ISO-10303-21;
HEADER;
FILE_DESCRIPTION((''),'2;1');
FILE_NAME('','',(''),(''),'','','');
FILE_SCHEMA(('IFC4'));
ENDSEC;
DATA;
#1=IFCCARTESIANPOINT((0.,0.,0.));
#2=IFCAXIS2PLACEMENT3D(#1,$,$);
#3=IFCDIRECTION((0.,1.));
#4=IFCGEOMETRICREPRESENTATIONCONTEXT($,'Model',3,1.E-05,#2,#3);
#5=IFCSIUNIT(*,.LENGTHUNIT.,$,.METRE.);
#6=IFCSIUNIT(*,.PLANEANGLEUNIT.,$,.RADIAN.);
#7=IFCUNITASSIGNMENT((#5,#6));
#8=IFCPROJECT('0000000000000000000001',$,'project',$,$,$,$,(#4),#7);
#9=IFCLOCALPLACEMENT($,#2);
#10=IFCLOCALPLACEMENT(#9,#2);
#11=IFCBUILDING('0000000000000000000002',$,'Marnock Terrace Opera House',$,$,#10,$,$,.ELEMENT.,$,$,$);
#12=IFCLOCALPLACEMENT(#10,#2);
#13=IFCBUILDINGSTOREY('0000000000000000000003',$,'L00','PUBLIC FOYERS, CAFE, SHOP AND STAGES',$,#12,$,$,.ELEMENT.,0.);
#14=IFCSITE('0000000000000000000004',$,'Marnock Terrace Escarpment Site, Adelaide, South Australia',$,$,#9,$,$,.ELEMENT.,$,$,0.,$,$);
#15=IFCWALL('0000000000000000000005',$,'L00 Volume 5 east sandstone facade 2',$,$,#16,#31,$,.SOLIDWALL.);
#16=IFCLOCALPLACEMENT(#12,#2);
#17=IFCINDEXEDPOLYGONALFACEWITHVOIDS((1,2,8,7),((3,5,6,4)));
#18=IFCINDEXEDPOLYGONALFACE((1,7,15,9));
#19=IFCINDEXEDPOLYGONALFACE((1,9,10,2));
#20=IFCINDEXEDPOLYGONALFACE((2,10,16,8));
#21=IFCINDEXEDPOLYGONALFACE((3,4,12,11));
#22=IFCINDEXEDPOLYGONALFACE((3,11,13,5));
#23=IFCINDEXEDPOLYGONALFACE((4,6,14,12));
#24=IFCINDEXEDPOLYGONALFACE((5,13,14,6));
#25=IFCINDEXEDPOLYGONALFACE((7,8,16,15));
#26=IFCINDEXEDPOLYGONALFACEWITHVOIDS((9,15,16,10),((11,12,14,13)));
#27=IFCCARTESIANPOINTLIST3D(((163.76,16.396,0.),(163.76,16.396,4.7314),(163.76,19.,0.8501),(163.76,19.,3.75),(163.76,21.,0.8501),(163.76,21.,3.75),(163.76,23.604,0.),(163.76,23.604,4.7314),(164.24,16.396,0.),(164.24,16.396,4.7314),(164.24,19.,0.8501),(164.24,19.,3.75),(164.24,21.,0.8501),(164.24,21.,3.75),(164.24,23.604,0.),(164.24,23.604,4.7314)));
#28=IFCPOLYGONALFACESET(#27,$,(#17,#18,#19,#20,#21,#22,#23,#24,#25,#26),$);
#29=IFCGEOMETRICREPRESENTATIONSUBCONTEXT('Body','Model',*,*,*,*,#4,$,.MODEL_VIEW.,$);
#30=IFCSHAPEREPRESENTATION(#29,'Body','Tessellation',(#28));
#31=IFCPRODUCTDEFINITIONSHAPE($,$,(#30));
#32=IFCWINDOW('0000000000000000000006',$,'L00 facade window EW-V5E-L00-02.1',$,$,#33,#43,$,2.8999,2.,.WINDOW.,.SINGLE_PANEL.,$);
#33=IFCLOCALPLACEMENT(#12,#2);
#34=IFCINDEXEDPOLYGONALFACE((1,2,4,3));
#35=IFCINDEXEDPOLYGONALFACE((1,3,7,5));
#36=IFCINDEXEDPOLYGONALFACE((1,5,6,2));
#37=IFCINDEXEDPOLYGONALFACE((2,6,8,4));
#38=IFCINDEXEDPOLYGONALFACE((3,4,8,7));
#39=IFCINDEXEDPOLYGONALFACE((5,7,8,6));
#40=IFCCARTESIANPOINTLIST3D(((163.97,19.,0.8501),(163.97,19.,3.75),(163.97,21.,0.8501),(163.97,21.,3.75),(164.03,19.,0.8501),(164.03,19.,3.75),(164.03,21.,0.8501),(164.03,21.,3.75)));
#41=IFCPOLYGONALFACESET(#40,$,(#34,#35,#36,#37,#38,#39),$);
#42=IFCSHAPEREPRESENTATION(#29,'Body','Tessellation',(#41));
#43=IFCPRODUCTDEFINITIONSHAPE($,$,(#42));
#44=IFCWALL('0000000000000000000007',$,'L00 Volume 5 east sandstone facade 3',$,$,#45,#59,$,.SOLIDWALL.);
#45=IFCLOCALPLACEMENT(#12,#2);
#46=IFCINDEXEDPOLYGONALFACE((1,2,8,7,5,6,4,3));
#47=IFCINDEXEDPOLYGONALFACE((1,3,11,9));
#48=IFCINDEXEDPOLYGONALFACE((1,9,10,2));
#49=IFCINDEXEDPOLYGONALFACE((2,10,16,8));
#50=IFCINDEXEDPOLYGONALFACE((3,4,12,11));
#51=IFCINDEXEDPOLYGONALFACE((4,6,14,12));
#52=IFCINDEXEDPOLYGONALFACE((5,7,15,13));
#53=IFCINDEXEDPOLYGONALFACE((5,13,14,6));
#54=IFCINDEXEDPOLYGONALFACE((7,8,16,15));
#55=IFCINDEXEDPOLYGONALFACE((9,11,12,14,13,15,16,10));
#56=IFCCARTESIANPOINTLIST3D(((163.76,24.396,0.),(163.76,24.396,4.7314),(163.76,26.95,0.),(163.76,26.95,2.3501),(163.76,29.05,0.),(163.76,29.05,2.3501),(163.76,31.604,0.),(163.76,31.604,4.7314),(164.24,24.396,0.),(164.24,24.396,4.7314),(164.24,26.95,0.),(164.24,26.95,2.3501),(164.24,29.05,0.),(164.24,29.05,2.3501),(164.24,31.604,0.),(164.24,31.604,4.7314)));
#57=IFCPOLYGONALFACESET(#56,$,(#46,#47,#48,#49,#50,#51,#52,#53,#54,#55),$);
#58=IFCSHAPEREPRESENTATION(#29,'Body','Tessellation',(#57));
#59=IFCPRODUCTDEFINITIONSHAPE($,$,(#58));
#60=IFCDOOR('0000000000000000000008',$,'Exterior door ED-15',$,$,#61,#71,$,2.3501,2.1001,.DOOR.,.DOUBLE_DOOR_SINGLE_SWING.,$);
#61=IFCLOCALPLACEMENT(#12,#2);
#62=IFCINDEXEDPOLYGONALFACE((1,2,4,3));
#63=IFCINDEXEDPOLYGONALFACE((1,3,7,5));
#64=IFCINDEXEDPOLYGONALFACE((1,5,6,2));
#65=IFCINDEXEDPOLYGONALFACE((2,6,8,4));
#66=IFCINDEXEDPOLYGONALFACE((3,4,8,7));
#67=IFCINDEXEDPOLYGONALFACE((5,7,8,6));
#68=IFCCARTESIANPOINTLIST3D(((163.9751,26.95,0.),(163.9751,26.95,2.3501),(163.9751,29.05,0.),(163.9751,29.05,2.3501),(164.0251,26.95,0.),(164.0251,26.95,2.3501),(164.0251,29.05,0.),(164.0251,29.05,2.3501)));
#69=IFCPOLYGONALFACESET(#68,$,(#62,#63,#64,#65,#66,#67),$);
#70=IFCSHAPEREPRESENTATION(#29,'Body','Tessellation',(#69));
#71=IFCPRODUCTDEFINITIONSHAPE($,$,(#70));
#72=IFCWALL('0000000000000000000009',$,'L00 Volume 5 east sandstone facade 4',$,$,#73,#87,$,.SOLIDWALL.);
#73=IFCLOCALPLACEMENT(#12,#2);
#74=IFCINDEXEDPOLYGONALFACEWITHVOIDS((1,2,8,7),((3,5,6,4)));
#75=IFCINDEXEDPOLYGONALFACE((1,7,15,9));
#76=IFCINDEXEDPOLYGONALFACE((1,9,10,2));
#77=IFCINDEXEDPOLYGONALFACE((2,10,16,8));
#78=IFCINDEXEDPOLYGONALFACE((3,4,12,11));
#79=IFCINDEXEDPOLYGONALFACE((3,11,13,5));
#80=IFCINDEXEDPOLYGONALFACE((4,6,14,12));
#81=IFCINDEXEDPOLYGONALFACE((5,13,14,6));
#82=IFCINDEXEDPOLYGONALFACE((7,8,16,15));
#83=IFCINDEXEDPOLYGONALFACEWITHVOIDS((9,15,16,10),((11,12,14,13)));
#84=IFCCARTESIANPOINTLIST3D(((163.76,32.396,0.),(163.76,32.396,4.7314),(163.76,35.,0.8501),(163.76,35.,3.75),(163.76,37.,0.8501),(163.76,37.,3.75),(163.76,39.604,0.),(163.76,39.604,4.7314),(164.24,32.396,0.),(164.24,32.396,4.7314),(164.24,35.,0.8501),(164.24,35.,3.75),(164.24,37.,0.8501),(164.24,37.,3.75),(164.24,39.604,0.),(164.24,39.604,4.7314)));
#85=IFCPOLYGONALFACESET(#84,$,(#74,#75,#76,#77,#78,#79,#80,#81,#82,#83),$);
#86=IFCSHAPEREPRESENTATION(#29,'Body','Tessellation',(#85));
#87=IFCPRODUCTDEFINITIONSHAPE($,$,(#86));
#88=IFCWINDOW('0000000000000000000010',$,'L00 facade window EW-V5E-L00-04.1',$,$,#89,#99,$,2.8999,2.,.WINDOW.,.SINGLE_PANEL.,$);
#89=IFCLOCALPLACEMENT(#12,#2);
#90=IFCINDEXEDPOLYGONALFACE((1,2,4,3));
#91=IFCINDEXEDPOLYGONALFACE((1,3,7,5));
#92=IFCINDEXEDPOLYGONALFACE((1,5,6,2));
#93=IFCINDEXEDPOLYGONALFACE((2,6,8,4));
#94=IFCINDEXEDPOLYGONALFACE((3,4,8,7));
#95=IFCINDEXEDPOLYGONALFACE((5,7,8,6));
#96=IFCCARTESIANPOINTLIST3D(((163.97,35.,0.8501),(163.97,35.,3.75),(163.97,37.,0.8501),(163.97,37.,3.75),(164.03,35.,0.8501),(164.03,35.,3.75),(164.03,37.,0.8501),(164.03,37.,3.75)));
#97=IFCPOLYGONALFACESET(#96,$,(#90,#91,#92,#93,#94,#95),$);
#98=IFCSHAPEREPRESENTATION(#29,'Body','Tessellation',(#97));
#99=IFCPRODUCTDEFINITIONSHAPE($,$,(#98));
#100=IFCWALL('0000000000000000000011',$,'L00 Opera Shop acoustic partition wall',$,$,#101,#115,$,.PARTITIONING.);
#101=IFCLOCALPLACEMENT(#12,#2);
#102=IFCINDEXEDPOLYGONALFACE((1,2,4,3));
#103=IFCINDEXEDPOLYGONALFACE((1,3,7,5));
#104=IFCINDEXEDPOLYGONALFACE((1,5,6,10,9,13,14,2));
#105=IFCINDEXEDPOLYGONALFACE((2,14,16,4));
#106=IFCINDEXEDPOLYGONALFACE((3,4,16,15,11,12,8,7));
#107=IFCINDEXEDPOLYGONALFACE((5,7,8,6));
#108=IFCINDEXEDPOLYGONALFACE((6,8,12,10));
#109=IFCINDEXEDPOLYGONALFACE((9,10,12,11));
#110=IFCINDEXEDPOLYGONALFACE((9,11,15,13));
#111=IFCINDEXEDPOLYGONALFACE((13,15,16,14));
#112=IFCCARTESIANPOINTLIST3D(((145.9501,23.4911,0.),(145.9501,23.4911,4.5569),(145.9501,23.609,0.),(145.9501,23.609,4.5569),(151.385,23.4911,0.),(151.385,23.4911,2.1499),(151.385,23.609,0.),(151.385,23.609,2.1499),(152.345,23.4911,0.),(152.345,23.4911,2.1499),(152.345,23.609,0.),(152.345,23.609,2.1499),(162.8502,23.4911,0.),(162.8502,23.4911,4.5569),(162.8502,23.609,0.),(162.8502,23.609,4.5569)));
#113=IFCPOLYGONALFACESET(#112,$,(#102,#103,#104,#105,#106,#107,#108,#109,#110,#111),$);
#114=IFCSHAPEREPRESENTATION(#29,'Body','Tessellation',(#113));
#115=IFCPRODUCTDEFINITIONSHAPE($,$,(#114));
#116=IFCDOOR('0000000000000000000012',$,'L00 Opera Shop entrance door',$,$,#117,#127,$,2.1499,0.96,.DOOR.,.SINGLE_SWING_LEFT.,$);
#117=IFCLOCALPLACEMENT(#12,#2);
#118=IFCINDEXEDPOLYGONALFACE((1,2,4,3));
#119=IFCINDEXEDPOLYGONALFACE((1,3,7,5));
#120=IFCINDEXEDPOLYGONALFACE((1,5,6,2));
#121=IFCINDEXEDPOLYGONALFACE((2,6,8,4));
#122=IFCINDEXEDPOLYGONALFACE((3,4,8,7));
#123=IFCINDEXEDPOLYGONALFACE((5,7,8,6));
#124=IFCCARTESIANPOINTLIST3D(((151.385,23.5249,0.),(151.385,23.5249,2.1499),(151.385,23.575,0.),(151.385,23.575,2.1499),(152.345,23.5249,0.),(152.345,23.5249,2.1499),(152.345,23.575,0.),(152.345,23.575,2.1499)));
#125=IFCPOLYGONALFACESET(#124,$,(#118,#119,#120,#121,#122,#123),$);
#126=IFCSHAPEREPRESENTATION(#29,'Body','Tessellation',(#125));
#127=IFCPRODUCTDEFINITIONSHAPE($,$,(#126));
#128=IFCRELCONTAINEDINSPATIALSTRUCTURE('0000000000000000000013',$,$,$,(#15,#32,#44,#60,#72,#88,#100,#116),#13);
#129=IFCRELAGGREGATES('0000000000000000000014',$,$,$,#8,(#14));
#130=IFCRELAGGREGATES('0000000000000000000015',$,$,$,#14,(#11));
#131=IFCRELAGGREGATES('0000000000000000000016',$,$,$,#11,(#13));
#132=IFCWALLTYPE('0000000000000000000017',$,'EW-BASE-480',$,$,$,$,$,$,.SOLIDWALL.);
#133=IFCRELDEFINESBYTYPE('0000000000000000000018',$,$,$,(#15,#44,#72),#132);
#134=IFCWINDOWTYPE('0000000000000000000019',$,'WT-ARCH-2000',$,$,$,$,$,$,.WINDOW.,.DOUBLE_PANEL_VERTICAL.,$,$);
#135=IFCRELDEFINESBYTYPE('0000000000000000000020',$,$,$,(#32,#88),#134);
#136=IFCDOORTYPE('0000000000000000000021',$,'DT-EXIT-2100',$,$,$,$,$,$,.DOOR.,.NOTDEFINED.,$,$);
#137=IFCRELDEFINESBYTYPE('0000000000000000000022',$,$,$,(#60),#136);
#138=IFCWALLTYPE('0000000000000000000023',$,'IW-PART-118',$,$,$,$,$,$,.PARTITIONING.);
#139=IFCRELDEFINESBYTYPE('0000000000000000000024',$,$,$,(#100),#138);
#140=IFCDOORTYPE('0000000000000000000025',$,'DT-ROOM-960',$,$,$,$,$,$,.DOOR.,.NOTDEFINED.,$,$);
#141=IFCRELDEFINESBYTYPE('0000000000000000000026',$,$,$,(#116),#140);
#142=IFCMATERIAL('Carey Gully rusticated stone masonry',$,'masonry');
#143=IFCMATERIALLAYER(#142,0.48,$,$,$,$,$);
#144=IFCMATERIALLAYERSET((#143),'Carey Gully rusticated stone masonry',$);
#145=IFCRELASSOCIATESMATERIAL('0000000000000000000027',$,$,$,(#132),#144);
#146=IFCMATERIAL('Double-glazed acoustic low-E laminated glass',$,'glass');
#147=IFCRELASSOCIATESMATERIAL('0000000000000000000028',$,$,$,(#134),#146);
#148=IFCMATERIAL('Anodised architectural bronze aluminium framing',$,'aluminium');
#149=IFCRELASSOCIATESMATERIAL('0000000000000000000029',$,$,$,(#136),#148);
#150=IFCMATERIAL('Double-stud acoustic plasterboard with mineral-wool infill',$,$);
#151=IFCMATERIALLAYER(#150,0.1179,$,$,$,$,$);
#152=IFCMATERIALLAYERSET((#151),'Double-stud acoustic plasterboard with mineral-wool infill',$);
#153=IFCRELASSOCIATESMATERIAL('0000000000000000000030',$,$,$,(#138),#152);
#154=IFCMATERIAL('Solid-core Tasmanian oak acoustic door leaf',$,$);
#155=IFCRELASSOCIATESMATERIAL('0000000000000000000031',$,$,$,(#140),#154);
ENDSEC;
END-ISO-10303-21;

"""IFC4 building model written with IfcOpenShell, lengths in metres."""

from ifc_helpers import new_model, si_unit, direction, frame, frame_2d, origin, place, context, subcontext, project, spatial, rectangle, extrude, material, layer, layer_set, type_object, element, fill, save


model = new_model("IFC4")

# Units and contexts
model_context = context("Model", 3, precision=1e-05, world=origin(), true_north=direction((0.0, 1.0)))
body_context = subcontext(model_context, "Body", "Model", "MODEL_VIEW")
ifc_project = project(units=[si_unit("LENGTHUNIT", "METRE"), si_unit("PLANEANGLEUNIT", "RADIAN")], contexts=[model_context])

# Site, building, storey
site_placement = place(None, origin())
site = spatial("IfcSite", under=ifc_project, at=site_placement, Name="Marnock Terrace Escarpment Site, Adelaide, South Australia", CompositionType="ELEMENT", RefElevation=0.0)
building_placement = place(site_placement, origin())
building = spatial("IfcBuilding", under=site, at=building_placement, Name="Marnock Terrace Opera House", CompositionType="ELEMENT")
storey_placement = place(building_placement, origin())
storey = spatial("IfcBuildingStorey", under=building, at=storey_placement, Name="L00", Description="PUBLIC FOYERS, CAFE, SHOP AND STAGES", CompositionType="ELEMENT", Elevation=0.0)

# Wall, opening, window
ifc_material_1 = material(Name="Carey Gully rusticated stone masonry", Category="masonry")
ifc_layer_1 = layer(ifc_material_1, 0.48)
ifc_layer_set_1 = layer_set([ifc_layer_1], Name="Carey Gully rusticated stone masonry")
wall_type_1 = type_object("IfcWallType", Name="EW-BASE-480", PredefinedType="SOLIDWALL", material=ifc_layer_set_1)
wall_1_placement = place(storey_placement, frame((164.0, 16.396, 0.0), z_axis=(0.0, 0.0, 1.0), x_axis=(0.0, 1.0, 0.0)))
wall_1 = element("IfcWall", 1, at=wall_1_placement, inside=storey, type_object=wall_type_1, Name="L00 Volume 5 east sandstone facade 2", PredefinedType="SOLIDWALL", context=body_context, shape_type="SweptSolid", body=[
    extrude(rectangle(XDim=7.208, YDim=0.48, at=frame_2d((3.604, 0.0))), origin(), (0.0, 0.0, 1.0), 4.7314),
])
opening_1_placement = place(wall_1_placement, frame((2.604, 0.0, 0.8501)))
opening_1 = element("IfcOpeningElement", 2, at=opening_1_placement, cuts=wall_1, PredefinedType="OPENING", context=body_context, shape_type="SweptSolid", body=[
    extrude(rectangle(XDim=2.0, YDim=2.8999, at=frame_2d((1.0, 1.45))), frame((0.0, 0.25, 0.0), z_axis=(0.0, -1.0, 0.0), x_axis=(1.0, 0.0, 0.0)), (0.0, 0.0, 1.0), 0.5),
])
ifc_material_2 = material(Name="Double-glazed acoustic low-E laminated glass", Category="glass")
window_type = type_object("IfcWindowType", Name="WT-ARCH-2000", PartitioningType="DOUBLE_PANEL_VERTICAL", PredefinedType="WINDOW", material=ifc_material_2)
window_1_placement = place(opening_1_placement, origin())
window_1 = element("IfcWindow", 3, at=window_1_placement, inside=storey, type_object=window_type, Name="L00 facade window EW-V5E-L00-02.1", OverallHeight=2.8999, OverallWidth=2.0, PartitioningType="SINGLE_PANEL", PredefinedType="WINDOW", context=body_context, shape_type="SweptSolid", body=[
    extrude(rectangle(XDim=2.0, YDim=2.8999, at=frame_2d((1.0, 1.45))), frame((0.0, 0.03, 0.0), z_axis=(0.0, -1.0, 0.0), x_axis=(1.0, 0.0, 0.0)), (0.0, 0.0, 1.0), 0.0601),
])
fill(opening_1, window_1)

# Wall, opening, door
wall_2_placement = place(storey_placement, frame((164.0, 24.396, 0.0), z_axis=(0.0, 0.0, 1.0), x_axis=(0.0, 1.0, 0.0)))
wall_2 = element("IfcWall", 4, at=wall_2_placement, inside=storey, type_object=wall_type_1, Name="L00 Volume 5 east sandstone facade 3", PredefinedType="SOLIDWALL", context=body_context, shape_type="SweptSolid", body=[
    extrude(rectangle(XDim=7.208, YDim=0.48, at=frame_2d((3.604, 0.0))), origin(), (0.0, 0.0, 1.0), 4.7314),
])
opening_2_placement = place(wall_2_placement, frame((2.554, 0.0, 0.0)))
opening_2 = element("IfcOpeningElement", 5, at=opening_2_placement, cuts=wall_2, PredefinedType="OPENING", context=body_context, shape_type="SweptSolid", body=[
    extrude(rectangle(XDim=2.1001, YDim=2.3501, at=frame_2d((1.05, 1.175))), frame((0.0, 0.25, 0.0), z_axis=(0.0, -1.0, 0.0), x_axis=(1.0, 0.0, 0.0)), (0.0, 0.0, 1.0), 0.5),
])
ifc_material_3 = material(Name="Anodised architectural bronze aluminium framing", Category="aluminium")
door_type_1 = type_object("IfcDoorType", Name="DT-EXIT-2100", OperationType="NOTDEFINED", PredefinedType="DOOR", material=ifc_material_3)
door_1_placement = place(opening_2_placement, origin())
door_1 = element("IfcDoor", 6, at=door_1_placement, inside=storey, type_object=door_type_1, Name="Exterior door ED-15", OperationType="DOUBLE_DOOR_SINGLE_SWING", OverallHeight=2.3501, OverallWidth=2.1001, PredefinedType="DOOR", context=body_context, shape_type="SweptSolid", body=[
    extrude(rectangle(XDim=2.1001, YDim=2.3501, at=frame_2d((1.05, 1.175))), frame((0.0, 0.0249, 0.0), z_axis=(0.0, -1.0, 0.0), x_axis=(1.0, 0.0, 0.0)), (0.0, 0.0, 1.0), 0.05),
])
fill(opening_2, door_1)

# Wall, opening, window
wall_3_placement = place(storey_placement, frame((164.0, 32.396, 0.0), z_axis=(0.0, 0.0, 1.0), x_axis=(0.0, 1.0, 0.0)))
wall_3 = element("IfcWall", 7, at=wall_3_placement, inside=storey, type_object=wall_type_1, Name="L00 Volume 5 east sandstone facade 4", PredefinedType="SOLIDWALL", context=body_context, shape_type="SweptSolid", body=[
    extrude(rectangle(XDim=7.208, YDim=0.48, at=frame_2d((3.604, 0.0))), origin(), (0.0, 0.0, 1.0), 4.7314),
])
opening_3_placement = place(wall_3_placement, frame((2.604, 0.0, 0.8501)))
opening_3 = element("IfcOpeningElement", 8, at=opening_3_placement, cuts=wall_3, PredefinedType="OPENING", context=body_context, shape_type="SweptSolid", body=[
    extrude(rectangle(XDim=2.0, YDim=2.8999, at=frame_2d((1.0, 1.45))), frame((0.0, 0.25, 0.0), z_axis=(0.0, -1.0, 0.0), x_axis=(1.0, 0.0, 0.0)), (0.0, 0.0, 1.0), 0.5),
])
window_2_placement = place(opening_3_placement, origin())
window_2 = element("IfcWindow", 9, at=window_2_placement, inside=storey, type_object=window_type, Name="L00 facade window EW-V5E-L00-04.1", OverallHeight=2.8999, OverallWidth=2.0, PartitioningType="SINGLE_PANEL", PredefinedType="WINDOW", context=body_context, shape_type="SweptSolid", body=[
    extrude(rectangle(XDim=2.0, YDim=2.8999, at=frame_2d((1.0, 1.45))), frame((0.0, 0.03, 0.0), z_axis=(0.0, -1.0, 0.0), x_axis=(1.0, 0.0, 0.0)), (0.0, 0.0, 1.0), 0.0601),
])
fill(opening_3, window_2)

# Wall, opening, door
ifc_material_4 = material(Name="Double-stud acoustic plasterboard with mineral-wool infill")
ifc_layer_2 = layer(ifc_material_4, 0.1179)
ifc_layer_set_2 = layer_set([ifc_layer_2], Name="Double-stud acoustic plasterboard with mineral-wool infill")
wall_type_2 = type_object("IfcWallType", Name="IW-PART-118", PredefinedType="PARTITIONING", material=ifc_layer_set_2)
wall_4_placement = place(storey_placement, frame((145.95, 23.55, 0.0), z_axis=(0.0, 0.0, 1.0), x_axis=(1.0, 0.0, 0.0)))
wall_4 = element("IfcWall", 10, at=wall_4_placement, inside=storey, type_object=wall_type_2, Name="L00 Opera Shop acoustic partition wall", PredefinedType="PARTITIONING", context=body_context, shape_type="SweptSolid", body=[
    extrude(rectangle(XDim=16.9001, YDim=0.1179, at=frame_2d((8.4502, 0.0))), origin(), (0.0, 0.0, 1.0), 4.5569),
])
opening_4_placement = place(wall_4_placement, frame((5.4351, 0.0, 0.0)))
opening_4 = element("IfcOpeningElement", 11, at=opening_4_placement, cuts=wall_4, PredefinedType="OPENING", context=body_context, shape_type="SweptSolid", body=[
    extrude(rectangle(XDim=0.96, YDim=2.1499, at=frame_2d((0.48, 1.075))), frame((0.0, 0.0688, 0.0), z_axis=(0.0, -1.0, 0.0), x_axis=(1.0, 0.0, 0.0)), (0.0, 0.0, 1.0), 0.1379),
])
ifc_material_5 = material(Name="Solid-core Tasmanian oak acoustic door leaf")
door_type_2 = type_object("IfcDoorType", Name="DT-ROOM-960", OperationType="NOTDEFINED", PredefinedType="DOOR", material=ifc_material_5)
door_2_placement = place(opening_4_placement, origin())
door_2 = element("IfcDoor", 12, at=door_2_placement, inside=storey, type_object=door_type_2, Name="L00 Opera Shop entrance door", OperationType="SINGLE_SWING_LEFT", OverallHeight=2.1499, OverallWidth=0.96, PredefinedType="DOOR", context=body_context, shape_type="SweptSolid", body=[
    extrude(rectangle(XDim=0.96, YDim=2.1499, at=frame_2d((0.48, 1.075))), frame((0.0, 0.0249, 0.0), z_axis=(0.0, -1.0, 0.0), x_axis=(1.0, 0.0, 0.0)), (0.0, 0.0, 1.0), 0.05),
])
fill(opening_4, door_2)

save(model, "model.ifc")
